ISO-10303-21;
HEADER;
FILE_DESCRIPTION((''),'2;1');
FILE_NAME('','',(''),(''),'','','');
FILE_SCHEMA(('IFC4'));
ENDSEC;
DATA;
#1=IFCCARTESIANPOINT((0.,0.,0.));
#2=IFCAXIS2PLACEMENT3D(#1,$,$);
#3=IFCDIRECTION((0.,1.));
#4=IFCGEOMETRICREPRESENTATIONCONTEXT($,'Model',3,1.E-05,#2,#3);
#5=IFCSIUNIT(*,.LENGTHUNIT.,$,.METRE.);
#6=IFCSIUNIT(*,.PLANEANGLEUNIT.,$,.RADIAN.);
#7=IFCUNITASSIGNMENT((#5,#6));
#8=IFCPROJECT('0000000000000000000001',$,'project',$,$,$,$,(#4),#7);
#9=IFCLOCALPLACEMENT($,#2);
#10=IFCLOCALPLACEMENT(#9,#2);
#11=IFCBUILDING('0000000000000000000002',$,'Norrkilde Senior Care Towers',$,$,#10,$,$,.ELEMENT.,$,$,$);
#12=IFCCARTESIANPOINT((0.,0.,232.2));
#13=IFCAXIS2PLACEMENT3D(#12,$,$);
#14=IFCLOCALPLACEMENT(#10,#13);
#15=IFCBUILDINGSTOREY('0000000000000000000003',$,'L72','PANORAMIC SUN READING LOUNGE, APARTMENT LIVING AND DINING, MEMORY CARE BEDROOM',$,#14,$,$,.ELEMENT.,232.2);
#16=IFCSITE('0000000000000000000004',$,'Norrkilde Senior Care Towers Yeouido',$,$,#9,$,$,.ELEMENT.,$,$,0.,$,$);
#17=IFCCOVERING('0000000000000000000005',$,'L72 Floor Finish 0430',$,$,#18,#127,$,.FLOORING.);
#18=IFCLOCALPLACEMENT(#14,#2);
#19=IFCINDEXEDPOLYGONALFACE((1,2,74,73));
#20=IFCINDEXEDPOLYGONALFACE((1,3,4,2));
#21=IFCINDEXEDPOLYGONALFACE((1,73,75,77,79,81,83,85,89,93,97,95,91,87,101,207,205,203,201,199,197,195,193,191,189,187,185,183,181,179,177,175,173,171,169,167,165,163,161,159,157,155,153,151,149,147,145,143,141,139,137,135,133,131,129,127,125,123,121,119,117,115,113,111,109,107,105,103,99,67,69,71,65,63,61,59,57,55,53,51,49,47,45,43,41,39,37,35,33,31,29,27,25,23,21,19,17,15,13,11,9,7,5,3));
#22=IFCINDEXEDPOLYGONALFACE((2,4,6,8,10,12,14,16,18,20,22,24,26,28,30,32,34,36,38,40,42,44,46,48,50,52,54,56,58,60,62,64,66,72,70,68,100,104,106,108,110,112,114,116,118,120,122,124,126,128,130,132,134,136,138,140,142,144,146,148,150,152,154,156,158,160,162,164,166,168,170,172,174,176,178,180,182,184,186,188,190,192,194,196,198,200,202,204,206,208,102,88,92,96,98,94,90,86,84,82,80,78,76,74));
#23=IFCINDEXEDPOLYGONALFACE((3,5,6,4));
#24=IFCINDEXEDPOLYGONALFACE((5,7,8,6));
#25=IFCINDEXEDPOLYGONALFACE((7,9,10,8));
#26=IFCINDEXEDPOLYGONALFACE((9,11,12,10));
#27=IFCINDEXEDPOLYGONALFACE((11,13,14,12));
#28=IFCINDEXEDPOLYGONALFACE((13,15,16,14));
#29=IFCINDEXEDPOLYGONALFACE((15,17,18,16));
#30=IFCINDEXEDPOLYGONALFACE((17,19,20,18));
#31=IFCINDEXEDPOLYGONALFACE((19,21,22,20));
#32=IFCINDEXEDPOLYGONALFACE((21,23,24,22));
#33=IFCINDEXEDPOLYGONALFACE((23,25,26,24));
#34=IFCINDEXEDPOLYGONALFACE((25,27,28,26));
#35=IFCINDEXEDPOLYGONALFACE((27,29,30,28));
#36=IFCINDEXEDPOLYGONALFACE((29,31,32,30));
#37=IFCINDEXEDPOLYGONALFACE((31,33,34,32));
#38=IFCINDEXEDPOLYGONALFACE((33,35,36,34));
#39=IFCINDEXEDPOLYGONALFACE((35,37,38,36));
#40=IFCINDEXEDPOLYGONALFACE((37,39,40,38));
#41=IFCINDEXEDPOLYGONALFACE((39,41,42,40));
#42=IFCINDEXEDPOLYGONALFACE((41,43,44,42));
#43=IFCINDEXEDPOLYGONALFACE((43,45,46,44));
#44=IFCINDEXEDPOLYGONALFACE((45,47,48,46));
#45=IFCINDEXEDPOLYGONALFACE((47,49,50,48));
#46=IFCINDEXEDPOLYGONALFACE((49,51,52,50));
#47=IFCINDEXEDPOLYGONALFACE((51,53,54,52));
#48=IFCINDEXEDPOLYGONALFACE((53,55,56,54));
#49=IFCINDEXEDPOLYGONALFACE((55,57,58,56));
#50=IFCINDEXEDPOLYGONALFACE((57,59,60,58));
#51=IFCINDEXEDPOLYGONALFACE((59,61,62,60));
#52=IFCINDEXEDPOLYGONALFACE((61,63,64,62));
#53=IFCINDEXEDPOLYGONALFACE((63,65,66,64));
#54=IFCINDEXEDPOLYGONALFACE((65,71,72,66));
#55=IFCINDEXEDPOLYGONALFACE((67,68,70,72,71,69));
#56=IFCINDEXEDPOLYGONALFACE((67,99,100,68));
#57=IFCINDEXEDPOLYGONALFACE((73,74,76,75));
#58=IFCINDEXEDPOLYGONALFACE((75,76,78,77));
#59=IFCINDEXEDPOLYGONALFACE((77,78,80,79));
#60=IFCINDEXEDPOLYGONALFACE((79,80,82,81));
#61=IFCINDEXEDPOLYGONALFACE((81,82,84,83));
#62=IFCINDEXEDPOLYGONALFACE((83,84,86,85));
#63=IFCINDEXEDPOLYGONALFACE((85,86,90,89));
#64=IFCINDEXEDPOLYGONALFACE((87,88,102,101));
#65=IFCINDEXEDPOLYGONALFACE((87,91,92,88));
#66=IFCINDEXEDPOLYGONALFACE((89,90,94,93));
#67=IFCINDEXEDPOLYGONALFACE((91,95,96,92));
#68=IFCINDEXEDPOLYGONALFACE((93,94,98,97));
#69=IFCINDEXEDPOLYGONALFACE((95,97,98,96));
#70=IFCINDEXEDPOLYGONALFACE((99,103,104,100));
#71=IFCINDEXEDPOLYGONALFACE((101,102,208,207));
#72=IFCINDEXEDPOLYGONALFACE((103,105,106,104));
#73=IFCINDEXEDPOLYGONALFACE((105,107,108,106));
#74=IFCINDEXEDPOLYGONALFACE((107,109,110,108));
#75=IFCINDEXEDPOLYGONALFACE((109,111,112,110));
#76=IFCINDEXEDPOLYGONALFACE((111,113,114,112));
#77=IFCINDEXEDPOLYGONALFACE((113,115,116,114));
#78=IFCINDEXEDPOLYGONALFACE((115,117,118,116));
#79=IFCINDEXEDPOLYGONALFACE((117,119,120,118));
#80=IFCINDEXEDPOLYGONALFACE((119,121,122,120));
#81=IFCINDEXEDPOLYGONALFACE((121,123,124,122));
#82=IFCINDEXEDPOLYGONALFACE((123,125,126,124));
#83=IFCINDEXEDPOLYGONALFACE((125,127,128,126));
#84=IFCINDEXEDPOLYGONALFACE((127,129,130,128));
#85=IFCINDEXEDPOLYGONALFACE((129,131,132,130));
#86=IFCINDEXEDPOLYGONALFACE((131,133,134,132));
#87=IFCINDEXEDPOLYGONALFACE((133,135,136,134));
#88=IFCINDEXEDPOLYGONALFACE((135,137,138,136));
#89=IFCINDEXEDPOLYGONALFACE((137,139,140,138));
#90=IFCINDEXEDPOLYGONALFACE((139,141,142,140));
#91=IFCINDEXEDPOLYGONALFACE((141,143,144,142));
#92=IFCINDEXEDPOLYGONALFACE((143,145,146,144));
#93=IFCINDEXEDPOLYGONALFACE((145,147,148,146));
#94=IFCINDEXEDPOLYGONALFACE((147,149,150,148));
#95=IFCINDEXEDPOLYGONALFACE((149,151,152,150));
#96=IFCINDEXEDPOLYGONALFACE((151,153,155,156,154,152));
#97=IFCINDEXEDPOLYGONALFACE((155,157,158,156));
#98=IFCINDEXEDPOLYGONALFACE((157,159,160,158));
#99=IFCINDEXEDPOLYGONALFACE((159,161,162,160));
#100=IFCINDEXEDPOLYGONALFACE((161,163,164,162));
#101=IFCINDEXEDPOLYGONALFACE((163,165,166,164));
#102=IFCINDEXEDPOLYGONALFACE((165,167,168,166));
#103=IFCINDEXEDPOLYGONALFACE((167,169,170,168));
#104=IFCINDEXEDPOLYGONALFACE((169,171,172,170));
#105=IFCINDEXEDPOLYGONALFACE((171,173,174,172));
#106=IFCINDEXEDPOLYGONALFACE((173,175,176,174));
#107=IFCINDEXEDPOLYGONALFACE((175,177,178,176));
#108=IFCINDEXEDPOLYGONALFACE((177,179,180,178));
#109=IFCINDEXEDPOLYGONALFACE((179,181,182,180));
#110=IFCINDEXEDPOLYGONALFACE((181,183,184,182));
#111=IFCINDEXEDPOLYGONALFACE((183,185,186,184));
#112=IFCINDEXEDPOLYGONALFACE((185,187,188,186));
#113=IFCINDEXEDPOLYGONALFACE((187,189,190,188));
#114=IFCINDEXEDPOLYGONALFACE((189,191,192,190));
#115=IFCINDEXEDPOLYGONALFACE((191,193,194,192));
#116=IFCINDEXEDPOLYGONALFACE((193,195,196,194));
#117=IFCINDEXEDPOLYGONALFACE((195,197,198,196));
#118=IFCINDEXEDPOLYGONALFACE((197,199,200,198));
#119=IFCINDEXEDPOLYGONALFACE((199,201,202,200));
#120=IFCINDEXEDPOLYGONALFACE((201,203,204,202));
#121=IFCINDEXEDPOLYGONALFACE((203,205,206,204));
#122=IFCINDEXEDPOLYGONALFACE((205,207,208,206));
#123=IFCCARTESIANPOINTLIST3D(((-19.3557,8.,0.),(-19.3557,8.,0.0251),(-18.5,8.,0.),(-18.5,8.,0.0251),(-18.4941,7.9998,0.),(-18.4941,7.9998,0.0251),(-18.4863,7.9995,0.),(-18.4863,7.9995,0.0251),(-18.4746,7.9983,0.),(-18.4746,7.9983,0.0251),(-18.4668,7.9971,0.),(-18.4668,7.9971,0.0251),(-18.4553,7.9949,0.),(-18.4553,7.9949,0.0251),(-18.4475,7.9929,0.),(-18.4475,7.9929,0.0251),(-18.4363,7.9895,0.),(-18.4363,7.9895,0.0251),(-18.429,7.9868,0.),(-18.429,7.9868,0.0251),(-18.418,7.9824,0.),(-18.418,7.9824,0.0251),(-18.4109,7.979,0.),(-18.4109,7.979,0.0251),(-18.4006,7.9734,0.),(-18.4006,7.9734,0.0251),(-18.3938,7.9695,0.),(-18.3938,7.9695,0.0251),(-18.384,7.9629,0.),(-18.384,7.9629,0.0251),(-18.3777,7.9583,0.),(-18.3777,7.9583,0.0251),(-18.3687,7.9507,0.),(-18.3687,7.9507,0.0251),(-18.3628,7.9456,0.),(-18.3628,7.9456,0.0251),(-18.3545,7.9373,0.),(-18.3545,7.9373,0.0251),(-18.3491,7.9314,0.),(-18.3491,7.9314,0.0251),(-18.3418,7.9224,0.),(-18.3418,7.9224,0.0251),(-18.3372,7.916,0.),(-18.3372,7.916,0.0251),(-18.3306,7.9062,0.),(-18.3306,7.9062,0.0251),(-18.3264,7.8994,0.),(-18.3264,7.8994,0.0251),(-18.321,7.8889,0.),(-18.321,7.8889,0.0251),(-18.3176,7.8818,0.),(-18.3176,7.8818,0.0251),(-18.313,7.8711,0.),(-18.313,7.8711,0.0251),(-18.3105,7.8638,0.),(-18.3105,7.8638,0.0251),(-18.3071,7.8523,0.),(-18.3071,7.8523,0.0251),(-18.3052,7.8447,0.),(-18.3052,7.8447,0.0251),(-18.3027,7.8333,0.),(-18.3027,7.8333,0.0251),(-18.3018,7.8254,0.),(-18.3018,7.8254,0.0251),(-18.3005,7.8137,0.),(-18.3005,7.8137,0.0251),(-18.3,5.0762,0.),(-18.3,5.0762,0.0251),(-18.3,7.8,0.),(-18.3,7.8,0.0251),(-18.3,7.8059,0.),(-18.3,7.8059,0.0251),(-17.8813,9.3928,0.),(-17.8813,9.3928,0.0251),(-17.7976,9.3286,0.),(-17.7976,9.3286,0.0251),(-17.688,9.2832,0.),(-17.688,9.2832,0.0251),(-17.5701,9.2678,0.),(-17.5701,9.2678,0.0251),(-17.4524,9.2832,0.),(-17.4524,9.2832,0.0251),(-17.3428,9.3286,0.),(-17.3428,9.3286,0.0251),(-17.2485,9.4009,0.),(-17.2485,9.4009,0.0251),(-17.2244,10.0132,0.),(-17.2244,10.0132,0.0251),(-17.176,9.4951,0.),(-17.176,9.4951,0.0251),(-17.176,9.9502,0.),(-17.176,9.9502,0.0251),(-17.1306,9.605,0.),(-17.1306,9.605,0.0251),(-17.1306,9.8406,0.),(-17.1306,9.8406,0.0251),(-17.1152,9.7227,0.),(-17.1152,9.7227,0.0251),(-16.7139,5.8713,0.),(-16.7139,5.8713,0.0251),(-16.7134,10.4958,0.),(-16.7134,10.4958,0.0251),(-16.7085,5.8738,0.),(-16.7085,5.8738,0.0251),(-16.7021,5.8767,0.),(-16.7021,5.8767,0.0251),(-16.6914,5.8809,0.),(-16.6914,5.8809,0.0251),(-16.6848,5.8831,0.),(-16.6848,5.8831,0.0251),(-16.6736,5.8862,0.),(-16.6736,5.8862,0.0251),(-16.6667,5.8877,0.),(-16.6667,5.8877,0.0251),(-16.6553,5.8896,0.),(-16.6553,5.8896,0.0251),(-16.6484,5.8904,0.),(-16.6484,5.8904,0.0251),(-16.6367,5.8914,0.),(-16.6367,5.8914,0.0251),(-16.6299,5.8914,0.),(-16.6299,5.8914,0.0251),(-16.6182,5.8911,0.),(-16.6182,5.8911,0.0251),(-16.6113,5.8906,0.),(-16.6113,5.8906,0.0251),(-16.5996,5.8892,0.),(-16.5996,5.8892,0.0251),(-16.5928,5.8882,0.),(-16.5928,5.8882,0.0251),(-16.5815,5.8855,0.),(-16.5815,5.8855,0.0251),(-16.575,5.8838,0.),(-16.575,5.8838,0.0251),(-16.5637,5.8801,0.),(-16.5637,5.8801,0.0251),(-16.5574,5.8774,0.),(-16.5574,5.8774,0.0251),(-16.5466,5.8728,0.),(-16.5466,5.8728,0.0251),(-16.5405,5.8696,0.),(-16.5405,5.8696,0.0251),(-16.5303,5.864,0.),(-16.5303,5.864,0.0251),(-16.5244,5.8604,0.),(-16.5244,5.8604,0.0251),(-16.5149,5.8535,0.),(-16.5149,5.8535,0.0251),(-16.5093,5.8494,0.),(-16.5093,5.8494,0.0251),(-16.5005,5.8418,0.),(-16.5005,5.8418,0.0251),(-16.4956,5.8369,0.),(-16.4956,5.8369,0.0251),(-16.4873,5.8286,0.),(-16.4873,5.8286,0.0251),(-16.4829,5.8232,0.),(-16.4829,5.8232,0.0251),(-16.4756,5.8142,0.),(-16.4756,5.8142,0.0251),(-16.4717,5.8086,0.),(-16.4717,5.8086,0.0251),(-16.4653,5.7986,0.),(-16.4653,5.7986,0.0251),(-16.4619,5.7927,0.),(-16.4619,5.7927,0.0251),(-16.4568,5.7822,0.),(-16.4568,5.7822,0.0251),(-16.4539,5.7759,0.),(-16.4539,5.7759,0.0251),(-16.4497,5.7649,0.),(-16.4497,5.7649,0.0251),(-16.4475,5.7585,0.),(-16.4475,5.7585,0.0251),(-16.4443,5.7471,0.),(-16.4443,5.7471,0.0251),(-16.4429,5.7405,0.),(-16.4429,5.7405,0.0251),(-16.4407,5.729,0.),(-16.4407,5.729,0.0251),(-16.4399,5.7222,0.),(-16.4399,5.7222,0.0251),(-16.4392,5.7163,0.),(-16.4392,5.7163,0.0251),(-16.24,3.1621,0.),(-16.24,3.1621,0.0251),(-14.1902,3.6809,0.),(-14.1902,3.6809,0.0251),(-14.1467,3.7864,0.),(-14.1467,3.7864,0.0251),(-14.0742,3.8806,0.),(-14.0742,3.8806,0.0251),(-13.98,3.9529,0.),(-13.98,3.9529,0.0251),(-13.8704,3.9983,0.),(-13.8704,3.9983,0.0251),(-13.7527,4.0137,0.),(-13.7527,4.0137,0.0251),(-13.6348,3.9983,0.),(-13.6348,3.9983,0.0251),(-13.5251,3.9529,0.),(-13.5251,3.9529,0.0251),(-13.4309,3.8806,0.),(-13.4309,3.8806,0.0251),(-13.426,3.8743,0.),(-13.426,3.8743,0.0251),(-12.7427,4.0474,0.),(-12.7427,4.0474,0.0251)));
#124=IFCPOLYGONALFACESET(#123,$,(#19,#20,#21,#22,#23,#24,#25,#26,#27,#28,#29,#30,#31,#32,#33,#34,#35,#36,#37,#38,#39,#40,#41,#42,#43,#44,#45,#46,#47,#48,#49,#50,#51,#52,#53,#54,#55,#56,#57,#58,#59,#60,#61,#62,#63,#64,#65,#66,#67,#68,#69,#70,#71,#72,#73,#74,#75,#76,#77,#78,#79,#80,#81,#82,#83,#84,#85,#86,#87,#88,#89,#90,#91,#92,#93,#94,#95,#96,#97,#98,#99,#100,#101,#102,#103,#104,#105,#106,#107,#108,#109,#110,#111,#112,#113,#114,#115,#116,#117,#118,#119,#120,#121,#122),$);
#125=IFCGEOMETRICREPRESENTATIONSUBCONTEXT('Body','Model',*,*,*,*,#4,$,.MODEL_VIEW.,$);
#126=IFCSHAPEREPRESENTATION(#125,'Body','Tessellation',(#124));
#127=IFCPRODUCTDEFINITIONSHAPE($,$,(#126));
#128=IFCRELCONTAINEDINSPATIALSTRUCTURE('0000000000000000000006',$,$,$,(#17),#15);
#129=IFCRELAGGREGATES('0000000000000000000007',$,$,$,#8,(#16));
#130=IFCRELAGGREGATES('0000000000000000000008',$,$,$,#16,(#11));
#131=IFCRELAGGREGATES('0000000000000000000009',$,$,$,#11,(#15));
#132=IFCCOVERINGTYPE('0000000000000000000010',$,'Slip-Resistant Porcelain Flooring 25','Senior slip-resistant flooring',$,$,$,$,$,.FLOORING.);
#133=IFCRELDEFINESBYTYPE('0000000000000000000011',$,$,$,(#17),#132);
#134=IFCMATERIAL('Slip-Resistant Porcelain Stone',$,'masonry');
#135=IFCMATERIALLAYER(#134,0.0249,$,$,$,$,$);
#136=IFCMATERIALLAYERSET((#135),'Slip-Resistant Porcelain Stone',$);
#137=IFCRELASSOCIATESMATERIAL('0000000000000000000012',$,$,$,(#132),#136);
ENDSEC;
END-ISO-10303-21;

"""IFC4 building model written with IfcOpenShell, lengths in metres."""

from ifc_helpers import new_model, si_unit, direction, frame, origin, place, context, subcontext, project, spatial, polyline, outline, extrude, material, layer, layer_set, type_object, element, save


model = new_model("IFC4")

# Units and contexts
model_context = context("Model", 3, precision=1e-05, world=origin(), true_north=direction((0.0, 1.0)))
body_context = subcontext(model_context, "Body", "Model", "MODEL_VIEW")
ifc_project = project(units=[si_unit("LENGTHUNIT", "METRE"), si_unit("PLANEANGLEUNIT", "RADIAN")], contexts=[model_context])

# Site, building, storey
site_placement = place(None, origin())
site = spatial("IfcSite", under=ifc_project, at=site_placement, Name="Norrkilde Senior Care Towers Yeouido", CompositionType="ELEMENT", RefElevation=0.0)
building_placement = place(site_placement, origin())
building = spatial("IfcBuilding", under=site, at=building_placement, Name="Norrkilde Senior Care Towers", CompositionType="ELEMENT")
storey_placement = place(building_placement, frame((0.0, 0.0, 232.2)))
storey = spatial("IfcBuildingStorey", under=building, at=storey_placement, Name="L72", Description="PANORAMIC SUN READING LOUNGE, APARTMENT LIVING AND DINING, MEMORY CARE BEDROOM", CompositionType="ELEMENT", Elevation=232.2)

# Covering
ifc_material_1 = material(Name="Slip-Resistant Porcelain Stone", Category="masonry")
ifc_layer_1 = layer(ifc_material_1, 0.0249)
ifc_layer_set_1 = layer_set([ifc_layer_1], Name="Slip-Resistant Porcelain Stone")
covering_type_1 = type_object("IfcCoveringType", Name="Slip-Resistant Porcelain Flooring 25", Description="Senior slip-resistant flooring", PredefinedType="FLOORING", material=ifc_layer_set_1)
covering_1_placement = place(storey_placement, origin())
element("IfcCovering", 1, at=covering_1_placement, inside=storey, type_object=covering_type_1, Name="L72 Floor Finish 0430", PredefinedType="FLOORING", context=body_context, shape_type="SweptSolid", body=[
    extrude(outline(polyline([(-16.4443, 5.7471), (-16.4475, 5.7585), (-16.4497, 5.7649), (-16.4539, 5.7759), (-16.4568, 5.7822), (-16.4619, 5.7927), (-16.4653, 5.7986), (-16.4717, 5.8086), (-16.4756, 5.8142), (-16.4829, 5.8232), (-16.4873, 5.8286), (-16.4956, 5.8369), (-16.5005, 5.8418), (-16.5093, 5.8494), (-16.5149, 5.8535), (-16.5244, 5.8604), (-16.5303, 5.864), (-16.5405, 5.8696), (-16.5466, 5.8728), (-16.5574, 5.8774), (-16.5637, 5.8801), (-16.575, 5.8838), (-16.5815, 5.8855), (-16.5928, 5.8882), (-16.5996, 5.8892), (-16.6113, 5.8906), (-16.6182, 5.8911), (-16.6299, 5.8914), (-16.6367, 5.8914), (-16.6484, 5.8904), (-16.6553, 5.8896), (-16.6667, 5.8877), (-16.6736, 5.8862), (-16.6848, 5.8831), (-16.6914, 5.8809), (-16.7021, 5.8767), (-16.7085, 5.8738), (-16.7139, 5.8713), (-18.3, 5.0762), (-18.3, 7.8), (-18.3, 7.8059), (-18.3005, 7.8137), (-18.3018, 7.8254), (-18.3027, 7.8333), (-18.3052, 7.8447), (-18.3071, 7.8523), (-18.3105, 7.8638), (-18.313, 7.8711), (-18.3176, 7.8818), (-18.321, 7.8889), (-18.3264, 7.8994), (-18.3306, 7.9062), (-18.3372, 7.916), (-18.3418, 7.9224), (-18.3491, 7.9314), (-18.3545, 7.9373), (-18.3628, 7.9456), (-18.3687, 7.9507), (-18.3777, 7.9583), (-18.384, 7.9629), (-18.3938, 7.9695), (-18.4006, 7.9734), (-18.4109, 7.979), (-18.418, 7.9824), (-18.429, 7.9868), (-18.4363, 7.9895), (-18.4475, 7.9929), (-18.4553, 7.9949), (-18.4668, 7.9971), (-18.4746, 7.9983), (-18.4863, 7.9995), (-18.4941, 7.9998), (-18.5, 8.0), (-19.3557, 8.0), (-17.8813, 9.3928), (-17.7976, 9.3286), (-17.688, 9.2832), (-17.5701, 9.2678), (-17.4524, 9.2832), (-17.3428, 9.3286), (-17.2485, 9.4009), (-17.176, 9.4951), (-17.1306, 9.605), (-17.1152, 9.7227), (-17.1306, 9.8406), (-17.176, 9.9502), (-17.2244, 10.0132), (-16.7134, 10.4958), (-12.7427, 4.0474), (-13.426, 3.8743), (-13.4309, 3.8806), (-13.5251, 3.9529), (-13.6348, 3.9983), (-13.7527, 4.0137), (-13.8704, 3.9983), (-13.98, 3.9529), (-14.0742, 3.8806), (-14.1467, 3.7864), (-14.1902, 3.6809), (-16.24, 3.1621), (-16.4392, 5.7163), (-16.4399, 5.7222), (-16.4407, 5.729), (-16.4429, 5.7405), (-16.4443, 5.7471)])), origin(), (0.0, 0.0, 1.0), 0.0251),
])

save(model, "model.ifc")
